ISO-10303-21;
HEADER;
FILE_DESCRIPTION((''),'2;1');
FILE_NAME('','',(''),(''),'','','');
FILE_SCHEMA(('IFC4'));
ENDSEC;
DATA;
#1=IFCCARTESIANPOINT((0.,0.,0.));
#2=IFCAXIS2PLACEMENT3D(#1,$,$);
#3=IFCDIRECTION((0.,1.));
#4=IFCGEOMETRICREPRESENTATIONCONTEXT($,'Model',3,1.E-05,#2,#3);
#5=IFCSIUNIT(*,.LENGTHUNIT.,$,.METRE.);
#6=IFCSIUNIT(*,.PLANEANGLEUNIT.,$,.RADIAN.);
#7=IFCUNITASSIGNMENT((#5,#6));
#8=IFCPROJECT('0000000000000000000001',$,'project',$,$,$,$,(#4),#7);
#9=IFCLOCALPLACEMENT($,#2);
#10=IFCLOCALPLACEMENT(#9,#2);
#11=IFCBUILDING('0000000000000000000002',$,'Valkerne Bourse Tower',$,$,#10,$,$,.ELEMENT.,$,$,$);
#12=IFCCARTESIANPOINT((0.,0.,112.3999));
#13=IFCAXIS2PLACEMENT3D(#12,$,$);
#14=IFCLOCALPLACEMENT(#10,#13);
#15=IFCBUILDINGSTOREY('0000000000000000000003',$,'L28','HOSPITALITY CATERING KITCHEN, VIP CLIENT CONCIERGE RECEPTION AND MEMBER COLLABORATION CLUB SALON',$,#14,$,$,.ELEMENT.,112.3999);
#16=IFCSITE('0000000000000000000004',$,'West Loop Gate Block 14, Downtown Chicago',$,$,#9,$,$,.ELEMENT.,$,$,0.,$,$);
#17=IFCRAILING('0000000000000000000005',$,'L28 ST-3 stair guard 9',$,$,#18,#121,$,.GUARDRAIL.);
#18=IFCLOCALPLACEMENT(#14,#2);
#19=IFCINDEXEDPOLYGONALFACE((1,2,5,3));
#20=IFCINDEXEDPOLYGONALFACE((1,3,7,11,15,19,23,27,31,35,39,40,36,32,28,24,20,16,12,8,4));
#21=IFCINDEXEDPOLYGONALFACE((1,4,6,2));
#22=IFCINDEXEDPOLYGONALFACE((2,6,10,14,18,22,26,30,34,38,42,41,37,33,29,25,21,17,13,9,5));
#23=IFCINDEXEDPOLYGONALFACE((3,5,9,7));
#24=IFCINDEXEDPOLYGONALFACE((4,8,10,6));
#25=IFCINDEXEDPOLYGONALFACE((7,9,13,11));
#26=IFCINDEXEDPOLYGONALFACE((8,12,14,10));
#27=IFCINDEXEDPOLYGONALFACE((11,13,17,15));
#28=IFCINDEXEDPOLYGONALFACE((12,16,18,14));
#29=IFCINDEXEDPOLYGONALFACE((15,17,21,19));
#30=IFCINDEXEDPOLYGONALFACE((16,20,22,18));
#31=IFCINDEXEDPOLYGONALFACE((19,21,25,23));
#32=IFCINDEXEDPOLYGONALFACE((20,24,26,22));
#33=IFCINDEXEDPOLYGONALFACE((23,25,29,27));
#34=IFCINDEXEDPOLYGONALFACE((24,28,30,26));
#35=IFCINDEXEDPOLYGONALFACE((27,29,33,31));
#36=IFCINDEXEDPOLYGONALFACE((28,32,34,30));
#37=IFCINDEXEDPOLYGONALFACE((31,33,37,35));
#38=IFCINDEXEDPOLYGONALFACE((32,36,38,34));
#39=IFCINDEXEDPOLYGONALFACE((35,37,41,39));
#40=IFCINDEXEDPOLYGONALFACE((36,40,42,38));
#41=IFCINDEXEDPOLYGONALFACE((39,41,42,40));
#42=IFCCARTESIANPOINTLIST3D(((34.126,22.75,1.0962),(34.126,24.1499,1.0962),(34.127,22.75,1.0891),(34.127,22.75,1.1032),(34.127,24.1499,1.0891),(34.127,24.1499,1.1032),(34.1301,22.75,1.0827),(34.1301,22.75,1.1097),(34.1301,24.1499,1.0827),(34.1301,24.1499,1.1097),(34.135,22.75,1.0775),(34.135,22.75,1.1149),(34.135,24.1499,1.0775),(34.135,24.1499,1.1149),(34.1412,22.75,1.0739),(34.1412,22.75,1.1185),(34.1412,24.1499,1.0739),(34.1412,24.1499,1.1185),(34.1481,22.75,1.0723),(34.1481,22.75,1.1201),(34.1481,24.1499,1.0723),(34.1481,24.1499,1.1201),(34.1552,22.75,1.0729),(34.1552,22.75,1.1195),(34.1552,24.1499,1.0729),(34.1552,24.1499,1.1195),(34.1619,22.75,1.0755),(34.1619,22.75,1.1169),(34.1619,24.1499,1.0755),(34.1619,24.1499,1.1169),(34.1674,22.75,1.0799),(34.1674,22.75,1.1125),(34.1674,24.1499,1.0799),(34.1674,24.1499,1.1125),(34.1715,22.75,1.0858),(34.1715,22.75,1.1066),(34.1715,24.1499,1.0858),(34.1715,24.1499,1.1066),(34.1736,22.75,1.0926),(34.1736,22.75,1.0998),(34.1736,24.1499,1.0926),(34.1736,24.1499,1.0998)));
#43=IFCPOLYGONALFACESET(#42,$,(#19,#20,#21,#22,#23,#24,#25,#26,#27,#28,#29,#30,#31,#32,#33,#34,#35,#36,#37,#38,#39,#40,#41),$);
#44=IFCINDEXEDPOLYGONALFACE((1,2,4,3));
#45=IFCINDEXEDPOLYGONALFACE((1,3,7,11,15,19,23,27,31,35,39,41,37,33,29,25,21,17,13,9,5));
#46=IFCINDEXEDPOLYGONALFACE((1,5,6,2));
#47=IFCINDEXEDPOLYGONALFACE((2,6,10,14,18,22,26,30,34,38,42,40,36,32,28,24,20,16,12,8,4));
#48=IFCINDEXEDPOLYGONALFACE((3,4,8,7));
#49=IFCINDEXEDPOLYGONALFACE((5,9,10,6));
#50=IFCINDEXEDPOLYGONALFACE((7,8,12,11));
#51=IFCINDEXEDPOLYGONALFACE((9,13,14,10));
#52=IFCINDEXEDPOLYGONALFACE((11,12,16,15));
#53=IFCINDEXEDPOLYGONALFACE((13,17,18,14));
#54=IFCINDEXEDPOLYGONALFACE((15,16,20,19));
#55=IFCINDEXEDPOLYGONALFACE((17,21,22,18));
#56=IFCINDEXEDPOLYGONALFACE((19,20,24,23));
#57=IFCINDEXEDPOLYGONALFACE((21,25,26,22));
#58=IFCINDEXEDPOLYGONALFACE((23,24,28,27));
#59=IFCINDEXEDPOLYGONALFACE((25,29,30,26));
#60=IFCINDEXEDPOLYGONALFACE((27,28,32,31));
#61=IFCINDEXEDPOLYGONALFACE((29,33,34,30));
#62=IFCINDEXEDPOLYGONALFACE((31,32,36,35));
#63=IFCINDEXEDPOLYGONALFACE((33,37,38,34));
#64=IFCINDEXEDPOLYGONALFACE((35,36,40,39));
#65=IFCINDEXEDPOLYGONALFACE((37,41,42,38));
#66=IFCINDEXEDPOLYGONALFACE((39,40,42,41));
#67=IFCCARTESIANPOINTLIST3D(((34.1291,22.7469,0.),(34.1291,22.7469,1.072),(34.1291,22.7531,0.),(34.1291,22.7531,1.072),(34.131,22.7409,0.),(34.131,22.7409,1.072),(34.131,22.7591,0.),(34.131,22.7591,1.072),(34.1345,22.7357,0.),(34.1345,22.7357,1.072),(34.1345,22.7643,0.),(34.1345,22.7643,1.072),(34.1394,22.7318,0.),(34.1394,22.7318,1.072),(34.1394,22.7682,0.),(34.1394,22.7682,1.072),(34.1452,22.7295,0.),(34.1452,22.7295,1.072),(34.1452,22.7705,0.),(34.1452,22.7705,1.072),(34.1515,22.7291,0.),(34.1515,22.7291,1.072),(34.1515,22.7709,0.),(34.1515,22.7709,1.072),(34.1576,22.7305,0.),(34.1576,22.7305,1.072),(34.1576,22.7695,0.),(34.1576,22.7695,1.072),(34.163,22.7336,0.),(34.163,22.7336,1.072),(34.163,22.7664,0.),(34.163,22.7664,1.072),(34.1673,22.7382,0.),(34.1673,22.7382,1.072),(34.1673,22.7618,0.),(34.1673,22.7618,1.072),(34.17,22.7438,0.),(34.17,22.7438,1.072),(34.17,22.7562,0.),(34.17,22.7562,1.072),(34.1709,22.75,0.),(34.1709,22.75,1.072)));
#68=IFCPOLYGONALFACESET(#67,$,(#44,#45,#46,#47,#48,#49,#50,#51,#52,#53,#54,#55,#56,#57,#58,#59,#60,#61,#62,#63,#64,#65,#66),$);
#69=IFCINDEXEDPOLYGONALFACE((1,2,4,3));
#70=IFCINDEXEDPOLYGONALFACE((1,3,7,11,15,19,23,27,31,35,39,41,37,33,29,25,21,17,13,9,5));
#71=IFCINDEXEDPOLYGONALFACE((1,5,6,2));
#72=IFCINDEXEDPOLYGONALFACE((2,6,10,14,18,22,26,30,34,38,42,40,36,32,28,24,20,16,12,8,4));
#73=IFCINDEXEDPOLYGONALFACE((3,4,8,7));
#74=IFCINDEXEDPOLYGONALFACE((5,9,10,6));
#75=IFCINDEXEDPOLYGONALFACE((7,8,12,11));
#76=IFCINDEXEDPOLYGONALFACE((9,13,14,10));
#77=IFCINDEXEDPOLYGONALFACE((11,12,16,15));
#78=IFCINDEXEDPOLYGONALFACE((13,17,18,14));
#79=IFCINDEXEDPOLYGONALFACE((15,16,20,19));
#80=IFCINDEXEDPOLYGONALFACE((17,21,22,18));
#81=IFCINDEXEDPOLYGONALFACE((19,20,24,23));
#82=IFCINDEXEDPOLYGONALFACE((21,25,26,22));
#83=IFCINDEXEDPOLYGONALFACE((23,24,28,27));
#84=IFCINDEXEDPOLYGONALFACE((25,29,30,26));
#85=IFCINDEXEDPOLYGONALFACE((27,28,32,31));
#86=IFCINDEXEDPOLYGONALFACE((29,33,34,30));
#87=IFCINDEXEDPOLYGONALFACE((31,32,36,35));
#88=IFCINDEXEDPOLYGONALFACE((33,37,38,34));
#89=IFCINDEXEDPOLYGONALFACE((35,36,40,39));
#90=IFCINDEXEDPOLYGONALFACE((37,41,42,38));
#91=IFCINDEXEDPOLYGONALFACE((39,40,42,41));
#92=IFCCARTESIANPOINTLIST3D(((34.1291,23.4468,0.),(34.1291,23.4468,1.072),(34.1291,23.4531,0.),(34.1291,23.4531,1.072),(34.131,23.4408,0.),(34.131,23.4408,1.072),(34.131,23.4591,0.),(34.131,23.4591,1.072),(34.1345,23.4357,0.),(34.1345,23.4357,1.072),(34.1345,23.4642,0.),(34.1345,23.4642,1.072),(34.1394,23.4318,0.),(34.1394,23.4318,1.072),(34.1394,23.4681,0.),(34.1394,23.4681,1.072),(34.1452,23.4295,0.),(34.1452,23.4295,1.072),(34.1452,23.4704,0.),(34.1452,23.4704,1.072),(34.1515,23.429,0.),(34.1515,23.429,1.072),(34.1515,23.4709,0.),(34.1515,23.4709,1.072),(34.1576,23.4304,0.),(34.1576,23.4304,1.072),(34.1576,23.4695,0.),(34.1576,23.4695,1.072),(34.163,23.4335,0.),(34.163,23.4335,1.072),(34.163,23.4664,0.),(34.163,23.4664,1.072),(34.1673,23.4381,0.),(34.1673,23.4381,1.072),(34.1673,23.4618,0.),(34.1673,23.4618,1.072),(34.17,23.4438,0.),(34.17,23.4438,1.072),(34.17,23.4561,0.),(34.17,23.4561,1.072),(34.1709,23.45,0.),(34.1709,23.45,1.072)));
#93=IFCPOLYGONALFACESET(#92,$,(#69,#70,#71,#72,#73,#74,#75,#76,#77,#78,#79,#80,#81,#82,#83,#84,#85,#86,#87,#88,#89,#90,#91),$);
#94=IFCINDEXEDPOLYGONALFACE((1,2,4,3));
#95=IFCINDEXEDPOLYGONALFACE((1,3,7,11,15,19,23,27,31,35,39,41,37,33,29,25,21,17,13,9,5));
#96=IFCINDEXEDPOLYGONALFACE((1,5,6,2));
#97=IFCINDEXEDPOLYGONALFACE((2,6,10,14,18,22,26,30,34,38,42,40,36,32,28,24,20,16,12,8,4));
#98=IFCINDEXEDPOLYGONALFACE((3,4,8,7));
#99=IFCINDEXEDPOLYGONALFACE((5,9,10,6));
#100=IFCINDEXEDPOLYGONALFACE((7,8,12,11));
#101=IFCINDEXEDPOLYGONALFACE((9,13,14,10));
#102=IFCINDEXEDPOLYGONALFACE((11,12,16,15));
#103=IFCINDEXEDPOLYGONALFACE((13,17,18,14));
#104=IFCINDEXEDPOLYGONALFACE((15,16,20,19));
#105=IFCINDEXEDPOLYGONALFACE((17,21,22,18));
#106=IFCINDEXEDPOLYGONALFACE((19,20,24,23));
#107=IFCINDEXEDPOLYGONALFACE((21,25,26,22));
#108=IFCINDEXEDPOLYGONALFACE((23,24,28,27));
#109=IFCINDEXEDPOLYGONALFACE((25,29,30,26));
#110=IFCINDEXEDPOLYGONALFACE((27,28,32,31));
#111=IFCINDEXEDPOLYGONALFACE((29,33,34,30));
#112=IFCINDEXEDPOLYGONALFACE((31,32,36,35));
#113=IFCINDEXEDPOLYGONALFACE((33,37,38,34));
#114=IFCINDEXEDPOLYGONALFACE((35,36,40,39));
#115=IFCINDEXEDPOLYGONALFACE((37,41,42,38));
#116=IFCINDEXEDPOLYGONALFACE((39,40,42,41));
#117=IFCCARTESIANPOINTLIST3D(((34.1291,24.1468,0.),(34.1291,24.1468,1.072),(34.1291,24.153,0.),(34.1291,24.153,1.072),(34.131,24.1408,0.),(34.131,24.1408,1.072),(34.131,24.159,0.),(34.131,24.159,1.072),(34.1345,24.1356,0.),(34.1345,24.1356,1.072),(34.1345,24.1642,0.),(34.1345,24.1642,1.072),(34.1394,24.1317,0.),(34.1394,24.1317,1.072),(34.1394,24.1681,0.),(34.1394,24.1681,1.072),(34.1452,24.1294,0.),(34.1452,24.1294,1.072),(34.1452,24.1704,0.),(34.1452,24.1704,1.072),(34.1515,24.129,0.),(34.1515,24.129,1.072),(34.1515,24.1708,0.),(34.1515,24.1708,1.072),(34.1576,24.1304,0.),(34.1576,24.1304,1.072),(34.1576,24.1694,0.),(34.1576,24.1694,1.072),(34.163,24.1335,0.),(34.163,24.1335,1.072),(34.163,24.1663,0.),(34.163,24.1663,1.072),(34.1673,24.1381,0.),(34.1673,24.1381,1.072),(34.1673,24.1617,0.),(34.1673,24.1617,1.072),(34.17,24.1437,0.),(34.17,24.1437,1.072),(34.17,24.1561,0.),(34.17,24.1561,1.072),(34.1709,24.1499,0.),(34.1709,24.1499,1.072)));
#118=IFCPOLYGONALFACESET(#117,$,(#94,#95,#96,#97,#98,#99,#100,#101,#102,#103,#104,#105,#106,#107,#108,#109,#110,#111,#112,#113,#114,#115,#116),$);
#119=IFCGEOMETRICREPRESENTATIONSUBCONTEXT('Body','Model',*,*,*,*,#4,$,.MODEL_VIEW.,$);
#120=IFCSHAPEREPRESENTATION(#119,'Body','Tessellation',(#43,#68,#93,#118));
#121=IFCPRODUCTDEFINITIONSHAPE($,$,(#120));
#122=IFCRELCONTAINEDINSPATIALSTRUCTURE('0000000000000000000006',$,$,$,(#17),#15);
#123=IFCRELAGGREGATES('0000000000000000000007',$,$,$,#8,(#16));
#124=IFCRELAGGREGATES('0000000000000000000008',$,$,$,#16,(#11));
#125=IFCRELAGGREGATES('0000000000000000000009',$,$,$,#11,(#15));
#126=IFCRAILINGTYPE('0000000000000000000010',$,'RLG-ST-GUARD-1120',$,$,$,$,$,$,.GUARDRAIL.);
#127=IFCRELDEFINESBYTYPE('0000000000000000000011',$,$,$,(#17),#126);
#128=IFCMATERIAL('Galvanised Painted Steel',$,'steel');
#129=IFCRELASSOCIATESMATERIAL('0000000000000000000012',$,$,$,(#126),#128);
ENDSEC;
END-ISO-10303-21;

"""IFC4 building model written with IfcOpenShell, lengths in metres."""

from ifc_helpers import new_model, si_unit, direction, frame, origin, origin_2d, place, context, subcontext, project, spatial, circle, extrude, material, type_object, element, save


model = new_model("IFC4")

# Units and contexts
model_context = context("Model", 3, precision=1e-05, world=origin(), true_north=direction((0.0, 1.0)))
body_context = subcontext(model_context, "Body", "Model", "MODEL_VIEW")
ifc_project = project(units=[si_unit("LENGTHUNIT", "METRE"), si_unit("PLANEANGLEUNIT", "RADIAN")], contexts=[model_context])

# Site, building, storey
site_placement = place(None, origin())
site = spatial("IfcSite", under=ifc_project, at=site_placement, Name="West Loop Gate Block 14, Downtown Chicago", CompositionType="ELEMENT", RefElevation=0.0)
building_placement = place(site_placement, origin())
building = spatial("IfcBuilding", under=site, at=building_placement, Name="Valkerne Bourse Tower", CompositionType="ELEMENT")
storey_placement = place(building_placement, frame((0.0, 0.0, 112.3999)))
storey = spatial("IfcBuildingStorey", under=building, at=storey_placement, Name="L28", Description="HOSPITALITY CATERING KITCHEN, VIP CLIENT CONCIERGE RECEPTION AND MEMBER COLLABORATION CLUB SALON", CompositionType="ELEMENT", Elevation=112.3999)

# Railing
ifc_material_1 = material(Name="Galvanised Painted Steel", Category="steel")
railing_type_1 = type_object("IfcRailingType", Name="RLG-ST-GUARD-1120", PredefinedType="GUARDRAIL", material=ifc_material_1)
for number, where, name in (
    (1, (34.1499, 22.75, 0.0), "L28 ST-3 stair guard 9"),
):
    element("IfcRailing", number, at=place(storey_placement, frame(where)), inside=storey, type_object=railing_type_1, Name=name, PredefinedType="GUARDRAIL", context=body_context, shape_type="SweptSolid", body=[
        extrude(circle(Radius=0.0239, at=origin_2d()), frame((0.0, 0.0, 1.0962), z_axis=(0.0, 1.0, 0.0), x_axis=(-1.0, 0.0, 0.0)), (0.0, 0.0, 1.0), 1.3999),
        extrude(circle(Radius=0.021, at=origin_2d()), origin(), (0.0, 0.0, 1.0), 1.072),
        extrude(circle(Radius=0.021, at=origin_2d()), frame((0.0, 0.7, 0.0)), (0.0, 0.0, 1.0), 1.072),
        extrude(circle(Radius=0.021, at=origin_2d()), frame((0.0, 1.3999, 0.0)), (0.0, 0.0, 1.0), 1.072),
    ])

save(model, "model.ifc")
